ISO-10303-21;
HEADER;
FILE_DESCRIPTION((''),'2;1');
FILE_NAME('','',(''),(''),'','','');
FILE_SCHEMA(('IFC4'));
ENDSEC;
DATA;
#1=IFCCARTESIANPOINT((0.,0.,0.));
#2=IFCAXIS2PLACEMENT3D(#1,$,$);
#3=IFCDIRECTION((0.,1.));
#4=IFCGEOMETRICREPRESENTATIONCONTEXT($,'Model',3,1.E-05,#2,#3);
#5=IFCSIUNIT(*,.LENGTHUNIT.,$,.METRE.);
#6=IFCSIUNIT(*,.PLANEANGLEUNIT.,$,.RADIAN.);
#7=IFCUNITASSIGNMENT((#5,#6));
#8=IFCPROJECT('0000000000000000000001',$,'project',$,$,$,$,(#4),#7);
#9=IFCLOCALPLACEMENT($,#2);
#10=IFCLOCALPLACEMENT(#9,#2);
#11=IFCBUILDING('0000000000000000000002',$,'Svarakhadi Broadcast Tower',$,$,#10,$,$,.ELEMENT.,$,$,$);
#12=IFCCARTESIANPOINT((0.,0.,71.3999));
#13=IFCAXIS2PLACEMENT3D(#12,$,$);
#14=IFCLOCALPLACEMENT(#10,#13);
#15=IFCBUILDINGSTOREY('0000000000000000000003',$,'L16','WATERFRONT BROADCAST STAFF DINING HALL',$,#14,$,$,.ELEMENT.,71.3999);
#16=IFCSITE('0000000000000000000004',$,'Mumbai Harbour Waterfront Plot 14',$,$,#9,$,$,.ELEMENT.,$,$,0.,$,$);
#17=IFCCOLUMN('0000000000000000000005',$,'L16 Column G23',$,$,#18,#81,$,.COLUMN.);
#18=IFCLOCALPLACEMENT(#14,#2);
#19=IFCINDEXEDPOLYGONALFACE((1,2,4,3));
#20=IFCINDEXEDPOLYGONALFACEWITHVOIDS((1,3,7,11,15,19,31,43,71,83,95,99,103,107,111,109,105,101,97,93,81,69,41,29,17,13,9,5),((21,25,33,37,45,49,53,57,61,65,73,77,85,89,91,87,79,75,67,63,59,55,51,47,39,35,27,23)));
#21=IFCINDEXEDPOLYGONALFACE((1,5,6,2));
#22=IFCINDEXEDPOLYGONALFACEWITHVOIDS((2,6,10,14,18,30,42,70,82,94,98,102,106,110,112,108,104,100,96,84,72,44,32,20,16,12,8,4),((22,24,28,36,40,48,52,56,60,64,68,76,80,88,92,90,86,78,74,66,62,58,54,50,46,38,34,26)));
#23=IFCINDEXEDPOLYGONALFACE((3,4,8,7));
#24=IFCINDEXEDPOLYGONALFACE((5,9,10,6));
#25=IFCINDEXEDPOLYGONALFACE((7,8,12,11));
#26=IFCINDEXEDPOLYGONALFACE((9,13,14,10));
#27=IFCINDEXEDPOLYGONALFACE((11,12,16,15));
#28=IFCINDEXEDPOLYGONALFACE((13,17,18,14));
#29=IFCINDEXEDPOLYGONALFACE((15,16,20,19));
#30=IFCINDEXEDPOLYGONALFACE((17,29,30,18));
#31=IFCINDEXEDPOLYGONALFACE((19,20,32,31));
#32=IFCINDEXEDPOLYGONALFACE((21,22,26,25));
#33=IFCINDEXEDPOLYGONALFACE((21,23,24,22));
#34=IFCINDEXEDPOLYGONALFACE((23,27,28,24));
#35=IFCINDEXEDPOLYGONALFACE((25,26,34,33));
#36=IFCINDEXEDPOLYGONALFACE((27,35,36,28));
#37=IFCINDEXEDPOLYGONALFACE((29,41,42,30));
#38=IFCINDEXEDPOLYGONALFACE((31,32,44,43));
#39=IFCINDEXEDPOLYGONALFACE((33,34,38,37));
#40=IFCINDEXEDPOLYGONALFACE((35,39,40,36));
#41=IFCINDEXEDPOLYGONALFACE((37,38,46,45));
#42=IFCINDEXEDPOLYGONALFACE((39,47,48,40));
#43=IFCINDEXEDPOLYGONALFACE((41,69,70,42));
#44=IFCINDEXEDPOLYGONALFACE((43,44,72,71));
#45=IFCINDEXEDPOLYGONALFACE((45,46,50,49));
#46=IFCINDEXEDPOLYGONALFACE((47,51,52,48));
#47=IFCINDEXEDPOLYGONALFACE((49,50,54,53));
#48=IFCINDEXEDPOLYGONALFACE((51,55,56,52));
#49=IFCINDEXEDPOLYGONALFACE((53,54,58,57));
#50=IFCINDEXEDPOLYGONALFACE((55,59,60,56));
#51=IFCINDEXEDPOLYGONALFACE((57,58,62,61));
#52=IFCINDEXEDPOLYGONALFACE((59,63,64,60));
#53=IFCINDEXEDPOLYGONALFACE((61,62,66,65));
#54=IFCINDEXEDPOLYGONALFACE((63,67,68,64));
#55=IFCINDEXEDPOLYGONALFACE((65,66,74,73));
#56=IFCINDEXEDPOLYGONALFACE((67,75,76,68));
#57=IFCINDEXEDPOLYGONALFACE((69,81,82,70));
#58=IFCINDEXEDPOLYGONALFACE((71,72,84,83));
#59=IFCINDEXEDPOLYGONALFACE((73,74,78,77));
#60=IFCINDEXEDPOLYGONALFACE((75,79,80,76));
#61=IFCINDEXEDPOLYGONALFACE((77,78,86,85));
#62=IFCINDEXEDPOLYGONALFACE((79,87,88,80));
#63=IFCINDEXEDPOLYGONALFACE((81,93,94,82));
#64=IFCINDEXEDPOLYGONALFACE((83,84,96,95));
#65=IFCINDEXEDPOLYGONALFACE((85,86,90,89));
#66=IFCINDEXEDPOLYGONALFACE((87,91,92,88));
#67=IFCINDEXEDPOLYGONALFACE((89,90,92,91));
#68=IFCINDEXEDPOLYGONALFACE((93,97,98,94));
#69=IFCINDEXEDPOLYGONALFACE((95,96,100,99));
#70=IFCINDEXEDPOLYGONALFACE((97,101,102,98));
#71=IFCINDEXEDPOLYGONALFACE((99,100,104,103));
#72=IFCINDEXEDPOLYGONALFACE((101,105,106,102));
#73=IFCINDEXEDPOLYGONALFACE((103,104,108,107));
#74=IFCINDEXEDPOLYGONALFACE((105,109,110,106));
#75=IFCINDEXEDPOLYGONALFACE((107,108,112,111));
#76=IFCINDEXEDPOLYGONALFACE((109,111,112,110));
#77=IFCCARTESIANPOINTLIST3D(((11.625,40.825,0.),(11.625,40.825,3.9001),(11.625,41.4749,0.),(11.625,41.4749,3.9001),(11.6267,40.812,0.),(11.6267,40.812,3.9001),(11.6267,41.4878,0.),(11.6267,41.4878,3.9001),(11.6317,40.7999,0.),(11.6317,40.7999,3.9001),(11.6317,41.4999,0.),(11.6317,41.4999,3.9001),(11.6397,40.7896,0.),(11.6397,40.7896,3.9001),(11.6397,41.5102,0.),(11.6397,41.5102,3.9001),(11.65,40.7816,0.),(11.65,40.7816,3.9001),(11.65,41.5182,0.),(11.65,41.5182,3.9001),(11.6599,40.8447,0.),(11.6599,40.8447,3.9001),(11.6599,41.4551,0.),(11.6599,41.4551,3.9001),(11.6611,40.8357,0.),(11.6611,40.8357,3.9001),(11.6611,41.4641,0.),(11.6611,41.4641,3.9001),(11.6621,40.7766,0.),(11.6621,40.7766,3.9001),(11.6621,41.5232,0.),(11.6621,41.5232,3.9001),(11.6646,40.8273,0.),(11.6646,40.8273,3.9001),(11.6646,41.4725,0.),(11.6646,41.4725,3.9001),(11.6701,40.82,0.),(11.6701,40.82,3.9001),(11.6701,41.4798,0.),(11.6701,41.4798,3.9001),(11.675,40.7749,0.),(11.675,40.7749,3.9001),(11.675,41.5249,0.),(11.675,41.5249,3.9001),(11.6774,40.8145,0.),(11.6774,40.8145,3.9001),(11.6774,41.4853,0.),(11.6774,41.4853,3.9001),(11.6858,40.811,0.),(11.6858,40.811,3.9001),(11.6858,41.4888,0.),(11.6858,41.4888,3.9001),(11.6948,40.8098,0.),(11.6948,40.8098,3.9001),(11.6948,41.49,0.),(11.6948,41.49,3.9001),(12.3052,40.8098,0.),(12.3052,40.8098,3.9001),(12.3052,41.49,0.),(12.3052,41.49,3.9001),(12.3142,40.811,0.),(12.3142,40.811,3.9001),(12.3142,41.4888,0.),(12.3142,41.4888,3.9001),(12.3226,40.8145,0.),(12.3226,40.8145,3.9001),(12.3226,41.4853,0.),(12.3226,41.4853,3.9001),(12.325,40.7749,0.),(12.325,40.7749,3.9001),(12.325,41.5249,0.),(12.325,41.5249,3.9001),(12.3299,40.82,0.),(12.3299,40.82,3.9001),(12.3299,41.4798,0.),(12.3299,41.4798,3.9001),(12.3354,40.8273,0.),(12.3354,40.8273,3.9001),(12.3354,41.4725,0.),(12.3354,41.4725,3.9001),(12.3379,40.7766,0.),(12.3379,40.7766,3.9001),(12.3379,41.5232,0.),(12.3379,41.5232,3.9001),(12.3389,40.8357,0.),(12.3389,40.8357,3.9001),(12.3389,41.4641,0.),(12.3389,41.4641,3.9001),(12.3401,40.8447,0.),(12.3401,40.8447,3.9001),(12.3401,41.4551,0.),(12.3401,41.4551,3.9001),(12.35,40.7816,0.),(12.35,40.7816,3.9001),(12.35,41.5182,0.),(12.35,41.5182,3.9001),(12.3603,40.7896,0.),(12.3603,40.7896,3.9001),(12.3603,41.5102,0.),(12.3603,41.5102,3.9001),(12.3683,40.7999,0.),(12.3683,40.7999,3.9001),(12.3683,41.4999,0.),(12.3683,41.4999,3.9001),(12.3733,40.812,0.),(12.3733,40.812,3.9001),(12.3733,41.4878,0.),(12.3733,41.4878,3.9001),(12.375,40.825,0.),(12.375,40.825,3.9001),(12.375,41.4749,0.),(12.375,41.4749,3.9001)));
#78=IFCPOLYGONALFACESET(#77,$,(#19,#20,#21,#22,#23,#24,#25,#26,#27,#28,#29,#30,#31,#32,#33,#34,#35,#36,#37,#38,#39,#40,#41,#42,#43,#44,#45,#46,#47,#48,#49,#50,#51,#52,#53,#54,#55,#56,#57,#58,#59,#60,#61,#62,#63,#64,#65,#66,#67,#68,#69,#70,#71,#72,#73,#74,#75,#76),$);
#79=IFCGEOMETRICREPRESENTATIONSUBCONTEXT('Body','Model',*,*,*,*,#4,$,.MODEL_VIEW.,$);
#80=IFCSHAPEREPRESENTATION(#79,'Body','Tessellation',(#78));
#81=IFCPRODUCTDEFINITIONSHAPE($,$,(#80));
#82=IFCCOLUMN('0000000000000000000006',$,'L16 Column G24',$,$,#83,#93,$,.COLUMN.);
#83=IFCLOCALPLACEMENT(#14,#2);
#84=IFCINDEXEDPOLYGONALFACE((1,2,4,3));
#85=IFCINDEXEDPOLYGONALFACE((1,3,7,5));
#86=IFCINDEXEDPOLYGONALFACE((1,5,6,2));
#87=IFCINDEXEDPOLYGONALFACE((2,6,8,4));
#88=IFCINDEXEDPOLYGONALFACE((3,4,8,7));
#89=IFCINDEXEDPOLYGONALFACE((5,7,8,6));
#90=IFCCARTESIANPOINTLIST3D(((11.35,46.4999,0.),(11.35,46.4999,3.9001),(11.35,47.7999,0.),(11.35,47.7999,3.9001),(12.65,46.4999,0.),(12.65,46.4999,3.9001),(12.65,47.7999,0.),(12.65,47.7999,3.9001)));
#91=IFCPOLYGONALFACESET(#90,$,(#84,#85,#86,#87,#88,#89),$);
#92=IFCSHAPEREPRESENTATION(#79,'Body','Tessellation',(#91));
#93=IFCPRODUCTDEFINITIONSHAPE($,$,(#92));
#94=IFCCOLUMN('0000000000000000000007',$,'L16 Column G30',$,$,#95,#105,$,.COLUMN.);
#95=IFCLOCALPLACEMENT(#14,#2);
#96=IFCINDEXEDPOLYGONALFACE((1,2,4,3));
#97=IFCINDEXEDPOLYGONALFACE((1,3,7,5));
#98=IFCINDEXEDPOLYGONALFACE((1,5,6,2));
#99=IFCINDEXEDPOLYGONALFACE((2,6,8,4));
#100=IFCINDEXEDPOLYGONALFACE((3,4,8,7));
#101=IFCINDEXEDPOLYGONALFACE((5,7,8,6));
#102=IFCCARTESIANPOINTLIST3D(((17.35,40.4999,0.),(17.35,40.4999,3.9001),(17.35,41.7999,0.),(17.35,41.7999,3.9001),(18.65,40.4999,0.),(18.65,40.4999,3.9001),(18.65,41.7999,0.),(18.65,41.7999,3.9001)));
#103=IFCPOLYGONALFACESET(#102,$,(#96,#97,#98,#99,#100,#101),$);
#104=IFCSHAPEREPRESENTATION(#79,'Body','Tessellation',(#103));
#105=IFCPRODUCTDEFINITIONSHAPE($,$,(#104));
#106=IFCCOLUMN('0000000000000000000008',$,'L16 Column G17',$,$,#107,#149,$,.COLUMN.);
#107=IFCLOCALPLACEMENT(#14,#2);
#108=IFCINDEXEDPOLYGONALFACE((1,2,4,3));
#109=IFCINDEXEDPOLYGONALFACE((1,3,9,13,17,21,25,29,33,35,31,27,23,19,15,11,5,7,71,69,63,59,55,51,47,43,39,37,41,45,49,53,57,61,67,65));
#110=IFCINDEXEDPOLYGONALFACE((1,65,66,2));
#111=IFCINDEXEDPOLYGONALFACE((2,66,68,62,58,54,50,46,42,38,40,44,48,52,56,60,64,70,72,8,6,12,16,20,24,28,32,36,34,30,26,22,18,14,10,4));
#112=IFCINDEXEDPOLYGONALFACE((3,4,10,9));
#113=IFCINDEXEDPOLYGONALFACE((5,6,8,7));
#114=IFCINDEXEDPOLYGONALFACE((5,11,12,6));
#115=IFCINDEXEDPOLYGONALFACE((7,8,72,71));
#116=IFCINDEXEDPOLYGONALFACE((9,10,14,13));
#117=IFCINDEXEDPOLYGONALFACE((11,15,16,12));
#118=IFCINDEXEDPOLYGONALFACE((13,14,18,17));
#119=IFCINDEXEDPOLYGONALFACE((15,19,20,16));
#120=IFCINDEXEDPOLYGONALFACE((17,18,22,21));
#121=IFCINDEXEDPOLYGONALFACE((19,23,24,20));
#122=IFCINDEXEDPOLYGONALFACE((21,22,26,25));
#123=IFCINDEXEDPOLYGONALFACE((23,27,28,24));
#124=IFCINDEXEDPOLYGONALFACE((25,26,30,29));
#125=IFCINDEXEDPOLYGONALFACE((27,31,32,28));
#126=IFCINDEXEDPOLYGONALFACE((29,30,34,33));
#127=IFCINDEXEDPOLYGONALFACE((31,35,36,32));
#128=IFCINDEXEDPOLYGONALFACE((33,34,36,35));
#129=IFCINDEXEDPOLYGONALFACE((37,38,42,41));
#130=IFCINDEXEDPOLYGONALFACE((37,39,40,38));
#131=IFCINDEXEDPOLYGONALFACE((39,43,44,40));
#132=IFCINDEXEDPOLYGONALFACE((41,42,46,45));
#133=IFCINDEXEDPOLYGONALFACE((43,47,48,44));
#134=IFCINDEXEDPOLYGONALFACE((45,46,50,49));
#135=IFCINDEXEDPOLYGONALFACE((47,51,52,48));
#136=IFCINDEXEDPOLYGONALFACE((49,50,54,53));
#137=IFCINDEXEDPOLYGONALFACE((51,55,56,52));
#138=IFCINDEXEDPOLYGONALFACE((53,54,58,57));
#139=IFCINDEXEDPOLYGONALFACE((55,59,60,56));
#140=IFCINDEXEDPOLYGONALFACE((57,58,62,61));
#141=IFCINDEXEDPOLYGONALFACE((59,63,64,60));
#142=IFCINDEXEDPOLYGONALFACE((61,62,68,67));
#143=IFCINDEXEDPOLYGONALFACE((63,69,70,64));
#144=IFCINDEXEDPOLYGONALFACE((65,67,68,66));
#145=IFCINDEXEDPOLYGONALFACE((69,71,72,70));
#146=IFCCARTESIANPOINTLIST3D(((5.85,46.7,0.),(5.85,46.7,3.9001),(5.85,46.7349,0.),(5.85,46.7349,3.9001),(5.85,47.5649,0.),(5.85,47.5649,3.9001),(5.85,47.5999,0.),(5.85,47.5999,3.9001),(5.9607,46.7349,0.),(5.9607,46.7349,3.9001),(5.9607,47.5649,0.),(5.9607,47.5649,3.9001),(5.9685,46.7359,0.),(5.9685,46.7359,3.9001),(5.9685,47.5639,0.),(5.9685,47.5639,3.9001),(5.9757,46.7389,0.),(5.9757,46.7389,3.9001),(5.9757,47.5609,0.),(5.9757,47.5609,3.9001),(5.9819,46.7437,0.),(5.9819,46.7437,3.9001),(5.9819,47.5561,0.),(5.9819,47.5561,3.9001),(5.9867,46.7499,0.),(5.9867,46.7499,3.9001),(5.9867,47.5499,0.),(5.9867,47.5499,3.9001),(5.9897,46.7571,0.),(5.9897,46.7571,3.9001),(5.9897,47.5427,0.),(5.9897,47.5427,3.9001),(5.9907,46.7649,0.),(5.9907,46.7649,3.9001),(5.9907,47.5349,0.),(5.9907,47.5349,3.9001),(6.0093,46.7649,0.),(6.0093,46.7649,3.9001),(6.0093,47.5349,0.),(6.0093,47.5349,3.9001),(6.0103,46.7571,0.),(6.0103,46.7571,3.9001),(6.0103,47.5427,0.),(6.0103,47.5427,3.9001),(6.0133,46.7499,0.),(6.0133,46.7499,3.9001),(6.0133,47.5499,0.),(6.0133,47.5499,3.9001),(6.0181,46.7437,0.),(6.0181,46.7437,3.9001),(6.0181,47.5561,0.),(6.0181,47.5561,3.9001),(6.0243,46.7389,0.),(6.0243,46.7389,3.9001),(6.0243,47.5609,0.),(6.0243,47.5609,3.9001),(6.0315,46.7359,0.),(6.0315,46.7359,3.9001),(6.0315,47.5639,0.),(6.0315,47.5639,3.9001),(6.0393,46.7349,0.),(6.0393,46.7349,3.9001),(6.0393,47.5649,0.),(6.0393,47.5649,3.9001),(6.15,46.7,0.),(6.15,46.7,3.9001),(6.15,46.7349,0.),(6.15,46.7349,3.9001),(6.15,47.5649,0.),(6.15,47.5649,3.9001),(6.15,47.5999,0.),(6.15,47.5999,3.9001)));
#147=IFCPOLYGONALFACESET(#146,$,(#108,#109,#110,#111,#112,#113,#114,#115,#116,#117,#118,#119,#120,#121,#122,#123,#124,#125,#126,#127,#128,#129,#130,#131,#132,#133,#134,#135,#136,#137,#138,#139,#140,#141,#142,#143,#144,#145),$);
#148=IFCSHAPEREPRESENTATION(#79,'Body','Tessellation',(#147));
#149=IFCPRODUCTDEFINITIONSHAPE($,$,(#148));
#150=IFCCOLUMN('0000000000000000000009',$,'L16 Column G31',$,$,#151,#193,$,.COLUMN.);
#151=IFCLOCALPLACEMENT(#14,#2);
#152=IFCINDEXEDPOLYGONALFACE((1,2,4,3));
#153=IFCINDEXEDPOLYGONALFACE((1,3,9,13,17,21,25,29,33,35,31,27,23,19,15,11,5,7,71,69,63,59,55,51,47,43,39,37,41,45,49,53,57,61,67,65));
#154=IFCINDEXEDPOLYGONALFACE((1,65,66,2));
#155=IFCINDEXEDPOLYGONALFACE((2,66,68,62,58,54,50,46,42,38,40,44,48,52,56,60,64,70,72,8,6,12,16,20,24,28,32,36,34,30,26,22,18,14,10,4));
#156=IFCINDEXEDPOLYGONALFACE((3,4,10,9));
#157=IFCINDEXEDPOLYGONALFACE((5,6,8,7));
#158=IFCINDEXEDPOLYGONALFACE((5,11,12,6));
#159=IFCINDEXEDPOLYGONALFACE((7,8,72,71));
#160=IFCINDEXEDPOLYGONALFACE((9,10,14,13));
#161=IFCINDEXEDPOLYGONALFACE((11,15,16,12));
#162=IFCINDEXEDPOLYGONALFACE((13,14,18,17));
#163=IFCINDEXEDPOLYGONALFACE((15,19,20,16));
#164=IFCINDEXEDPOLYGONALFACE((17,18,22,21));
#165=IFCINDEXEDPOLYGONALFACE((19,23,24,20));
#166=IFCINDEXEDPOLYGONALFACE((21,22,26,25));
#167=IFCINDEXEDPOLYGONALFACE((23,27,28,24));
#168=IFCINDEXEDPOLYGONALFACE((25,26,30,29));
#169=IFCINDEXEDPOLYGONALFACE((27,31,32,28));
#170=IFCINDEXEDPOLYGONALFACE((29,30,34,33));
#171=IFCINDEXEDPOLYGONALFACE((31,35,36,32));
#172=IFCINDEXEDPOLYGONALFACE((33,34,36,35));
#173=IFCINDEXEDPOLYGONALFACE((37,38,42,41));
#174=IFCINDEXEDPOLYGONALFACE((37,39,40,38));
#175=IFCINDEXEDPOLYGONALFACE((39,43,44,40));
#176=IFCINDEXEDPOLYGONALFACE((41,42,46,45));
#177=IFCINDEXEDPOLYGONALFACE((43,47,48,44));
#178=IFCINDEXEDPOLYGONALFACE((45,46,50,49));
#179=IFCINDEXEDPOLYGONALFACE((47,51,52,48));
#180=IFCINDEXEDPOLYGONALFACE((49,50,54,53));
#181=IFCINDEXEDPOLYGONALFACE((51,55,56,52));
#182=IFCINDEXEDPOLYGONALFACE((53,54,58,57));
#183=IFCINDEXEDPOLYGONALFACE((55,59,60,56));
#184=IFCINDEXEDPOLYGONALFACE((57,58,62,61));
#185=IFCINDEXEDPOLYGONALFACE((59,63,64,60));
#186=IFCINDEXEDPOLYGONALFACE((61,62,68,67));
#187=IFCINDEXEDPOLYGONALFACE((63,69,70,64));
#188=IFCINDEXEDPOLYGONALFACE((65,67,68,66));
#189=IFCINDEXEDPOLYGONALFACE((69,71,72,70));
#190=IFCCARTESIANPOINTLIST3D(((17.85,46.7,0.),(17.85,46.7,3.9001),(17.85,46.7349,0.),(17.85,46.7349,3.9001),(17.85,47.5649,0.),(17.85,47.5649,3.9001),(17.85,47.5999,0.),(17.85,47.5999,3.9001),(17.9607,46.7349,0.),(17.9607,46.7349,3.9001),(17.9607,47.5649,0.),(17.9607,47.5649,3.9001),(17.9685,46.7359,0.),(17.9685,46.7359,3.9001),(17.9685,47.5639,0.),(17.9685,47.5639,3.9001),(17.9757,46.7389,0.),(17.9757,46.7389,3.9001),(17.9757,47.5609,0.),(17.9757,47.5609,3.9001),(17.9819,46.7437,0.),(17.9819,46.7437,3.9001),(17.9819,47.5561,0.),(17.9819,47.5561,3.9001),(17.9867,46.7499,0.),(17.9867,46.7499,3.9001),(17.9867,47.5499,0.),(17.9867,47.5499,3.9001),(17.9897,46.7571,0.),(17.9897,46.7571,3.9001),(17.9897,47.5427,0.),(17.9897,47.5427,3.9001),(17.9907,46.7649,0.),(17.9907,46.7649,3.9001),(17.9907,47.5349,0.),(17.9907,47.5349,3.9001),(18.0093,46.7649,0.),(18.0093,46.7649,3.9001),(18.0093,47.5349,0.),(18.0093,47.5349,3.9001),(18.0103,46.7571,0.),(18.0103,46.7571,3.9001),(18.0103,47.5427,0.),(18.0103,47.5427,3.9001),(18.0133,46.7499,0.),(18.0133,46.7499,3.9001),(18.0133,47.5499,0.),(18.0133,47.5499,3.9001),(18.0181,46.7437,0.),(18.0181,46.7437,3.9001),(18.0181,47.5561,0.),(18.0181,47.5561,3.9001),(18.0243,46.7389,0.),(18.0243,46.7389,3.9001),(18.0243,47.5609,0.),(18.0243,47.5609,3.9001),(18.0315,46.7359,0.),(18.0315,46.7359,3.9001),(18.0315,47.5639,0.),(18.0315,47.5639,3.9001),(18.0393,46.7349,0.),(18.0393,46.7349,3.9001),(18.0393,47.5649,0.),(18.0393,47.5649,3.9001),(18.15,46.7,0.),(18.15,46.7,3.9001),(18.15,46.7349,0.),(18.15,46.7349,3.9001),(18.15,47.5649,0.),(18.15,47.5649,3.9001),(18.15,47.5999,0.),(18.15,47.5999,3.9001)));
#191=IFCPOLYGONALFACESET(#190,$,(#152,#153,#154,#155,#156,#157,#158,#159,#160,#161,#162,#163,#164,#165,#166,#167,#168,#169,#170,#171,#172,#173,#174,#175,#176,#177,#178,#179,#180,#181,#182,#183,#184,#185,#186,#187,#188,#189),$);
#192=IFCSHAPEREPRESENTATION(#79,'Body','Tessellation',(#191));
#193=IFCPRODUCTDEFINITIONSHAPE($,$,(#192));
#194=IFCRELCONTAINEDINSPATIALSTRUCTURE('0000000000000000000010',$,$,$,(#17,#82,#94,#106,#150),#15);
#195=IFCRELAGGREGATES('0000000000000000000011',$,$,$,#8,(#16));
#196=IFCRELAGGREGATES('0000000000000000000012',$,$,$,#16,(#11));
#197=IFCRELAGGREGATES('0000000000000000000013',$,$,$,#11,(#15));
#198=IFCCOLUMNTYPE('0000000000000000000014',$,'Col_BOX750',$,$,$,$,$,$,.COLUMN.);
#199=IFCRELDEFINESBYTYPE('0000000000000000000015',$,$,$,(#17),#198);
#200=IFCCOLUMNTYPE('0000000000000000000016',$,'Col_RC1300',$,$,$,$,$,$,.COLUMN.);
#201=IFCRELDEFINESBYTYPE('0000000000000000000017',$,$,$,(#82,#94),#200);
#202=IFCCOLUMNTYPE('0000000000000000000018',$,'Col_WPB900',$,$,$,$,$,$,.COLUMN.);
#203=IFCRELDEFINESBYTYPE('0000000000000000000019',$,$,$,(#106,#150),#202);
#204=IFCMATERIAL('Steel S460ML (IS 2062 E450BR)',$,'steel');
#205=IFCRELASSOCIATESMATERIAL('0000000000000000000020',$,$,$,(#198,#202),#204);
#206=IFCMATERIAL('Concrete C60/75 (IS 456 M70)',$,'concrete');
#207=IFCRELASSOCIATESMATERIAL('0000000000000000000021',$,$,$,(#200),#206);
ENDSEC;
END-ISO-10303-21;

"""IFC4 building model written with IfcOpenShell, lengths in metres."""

from ifc_helpers import new_model, si_unit, direction, frame, origin, origin_2d, place, context, subcontext, project, spatial, rectangle, hollow_rectangle, i_section, extrude, material, material_profile, profile_set, type_object, element, save


model = new_model("IFC4")

# Units and contexts
model_context = context("Model", 3, precision=1e-05, world=origin(), true_north=direction((0.0, 1.0)))
body_context = subcontext(model_context, "Body", "Model", "MODEL_VIEW")
ifc_project = project(units=[si_unit("LENGTHUNIT", "METRE"), si_unit("PLANEANGLEUNIT", "RADIAN")], contexts=[model_context])

# Site, building, storey
site_placement = place(None, origin())
site = spatial("IfcSite", under=ifc_project, at=site_placement, Name="Mumbai Harbour Waterfront Plot 14", CompositionType="ELEMENT", RefElevation=0.0)
building_placement = place(site_placement, origin())
building = spatial("IfcBuilding", under=site, at=building_placement, Name="Svarakhadi Broadcast Tower", CompositionType="ELEMENT")
storey_placement = place(building_placement, frame((0.0, 0.0, 71.3999)))
storey = spatial("IfcBuildingStorey", under=building, at=storey_placement, Name="L16", Description="WATERFRONT BROADCAST STAFF DINING HALL", CompositionType="ELEMENT", Elevation=71.3999)

# Columns
ifc_material_1 = material(Name="Steel S460ML (IS 2062 E450BR)", Category="steel")
ifc_material_profile_1 = material_profile(ifc_material_1, hollow_rectangle(XDim=0.75, YDim=0.75, WallThickness=0.0349, InnerFilletRadius=0.0349, OuterFilletRadius=0.05, at=origin_2d()), Name="BOX 750x750x35")
ifc_profile_set_1 = profile_set([ifc_material_profile_1], Name="Steel S460ML (IS 2062 E450BR)")
column_type_1 = type_object("IfcColumnType", Name="Col_BOX750", PredefinedType="COLUMN", material=ifc_profile_set_1)
column_placement = place(storey_placement, frame((12.0, 41.1499, 0.0), z_axis=(0.0, 0.0, 1.0), x_axis=(1.0, 0.0, 0.0)))
element("IfcColumn", 1, at=column_placement, inside=storey, type_object=column_type_1, Name="L16 Column G23", PredefinedType="COLUMN", context=body_context, shape_type="SweptSolid", body=[
    extrude(hollow_rectangle(XDim=0.75, YDim=0.75, WallThickness=0.0349, InnerFilletRadius=0.0349, OuterFilletRadius=0.05, at=origin_2d()), origin(), (0.0, 0.0, 1.0), 3.9001),
])
ifc_material_2 = material(Name="Concrete C60/75 (IS 456 M70)", Category="concrete")
ifc_material_profile_2 = material_profile(ifc_material_2, rectangle(XDim=1.3, YDim=1.3, at=origin_2d()), Name="RC 1300x1300")
ifc_profile_set_2 = profile_set([ifc_material_profile_2], Name="Concrete C60/75 (IS 456 M70)")
column_type_2 = type_object("IfcColumnType", Name="Col_RC1300", PredefinedType="COLUMN", material=ifc_profile_set_2)
for number, where, z_axis, x_axis, name in (
    (2, (12.0, 47.1499, 0.0), (0.0, 0.0, 1.0), (1.0, 0.0, 0.0), "L16 Column G24"),
    (3, (18.0, 41.1499, 0.0), (0.0, 0.0, 1.0), (1.0, 0.0, 0.0), "L16 Column G30"),
):
    element("IfcColumn", number, at=place(storey_placement, frame(where, z_axis=z_axis, x_axis=x_axis)), inside=storey, type_object=column_type_2, Name=name, PredefinedType="COLUMN", context=body_context, shape_type="SweptSolid", body=[
        extrude(rectangle(XDim=1.3, YDim=1.3, at=origin_2d()), origin(), (0.0, 0.0, 1.0), 3.9001),
    ])
ifc_material_profile_3 = material_profile(ifc_material_1, i_section(OverallWidth=0.3, OverallDepth=0.8999, WebThickness=0.0186, FlangeThickness=0.0349, FilletRadius=0.03, at=origin_2d()), Name="WPB 900x300x291")
ifc_profile_set_3 = profile_set([ifc_material_profile_3], Name="Steel S460ML (IS 2062 E450BR)")
column_type_3 = type_object("IfcColumnType", Name="Col_WPB900", PredefinedType="COLUMN", material=ifc_profile_set_3)
for number, where, z_axis, x_axis, name in (
    (4, (6.0, 47.1499, 0.0), (0.0, 0.0, 1.0), (1.0, 0.0, 0.0), "L16 Column G17"),
    (5, (18.0, 47.1499, 0.0), (0.0, 0.0, 1.0), (1.0, 0.0, 0.0), "L16 Column G31"),
):
    element("IfcColumn", number, at=place(storey_placement, frame(where, z_axis=z_axis, x_axis=x_axis)), inside=storey, type_object=column_type_3, Name=name, PredefinedType="COLUMN", context=body_context, shape_type="SweptSolid", body=[
        extrude(i_section(OverallWidth=0.3, OverallDepth=0.8999, WebThickness=0.0186, FlangeThickness=0.0349, FilletRadius=0.03, at=origin_2d()), origin(), (0.0, 0.0, 1.0), 3.9001),
    ])

save(model, "model.ifc")
